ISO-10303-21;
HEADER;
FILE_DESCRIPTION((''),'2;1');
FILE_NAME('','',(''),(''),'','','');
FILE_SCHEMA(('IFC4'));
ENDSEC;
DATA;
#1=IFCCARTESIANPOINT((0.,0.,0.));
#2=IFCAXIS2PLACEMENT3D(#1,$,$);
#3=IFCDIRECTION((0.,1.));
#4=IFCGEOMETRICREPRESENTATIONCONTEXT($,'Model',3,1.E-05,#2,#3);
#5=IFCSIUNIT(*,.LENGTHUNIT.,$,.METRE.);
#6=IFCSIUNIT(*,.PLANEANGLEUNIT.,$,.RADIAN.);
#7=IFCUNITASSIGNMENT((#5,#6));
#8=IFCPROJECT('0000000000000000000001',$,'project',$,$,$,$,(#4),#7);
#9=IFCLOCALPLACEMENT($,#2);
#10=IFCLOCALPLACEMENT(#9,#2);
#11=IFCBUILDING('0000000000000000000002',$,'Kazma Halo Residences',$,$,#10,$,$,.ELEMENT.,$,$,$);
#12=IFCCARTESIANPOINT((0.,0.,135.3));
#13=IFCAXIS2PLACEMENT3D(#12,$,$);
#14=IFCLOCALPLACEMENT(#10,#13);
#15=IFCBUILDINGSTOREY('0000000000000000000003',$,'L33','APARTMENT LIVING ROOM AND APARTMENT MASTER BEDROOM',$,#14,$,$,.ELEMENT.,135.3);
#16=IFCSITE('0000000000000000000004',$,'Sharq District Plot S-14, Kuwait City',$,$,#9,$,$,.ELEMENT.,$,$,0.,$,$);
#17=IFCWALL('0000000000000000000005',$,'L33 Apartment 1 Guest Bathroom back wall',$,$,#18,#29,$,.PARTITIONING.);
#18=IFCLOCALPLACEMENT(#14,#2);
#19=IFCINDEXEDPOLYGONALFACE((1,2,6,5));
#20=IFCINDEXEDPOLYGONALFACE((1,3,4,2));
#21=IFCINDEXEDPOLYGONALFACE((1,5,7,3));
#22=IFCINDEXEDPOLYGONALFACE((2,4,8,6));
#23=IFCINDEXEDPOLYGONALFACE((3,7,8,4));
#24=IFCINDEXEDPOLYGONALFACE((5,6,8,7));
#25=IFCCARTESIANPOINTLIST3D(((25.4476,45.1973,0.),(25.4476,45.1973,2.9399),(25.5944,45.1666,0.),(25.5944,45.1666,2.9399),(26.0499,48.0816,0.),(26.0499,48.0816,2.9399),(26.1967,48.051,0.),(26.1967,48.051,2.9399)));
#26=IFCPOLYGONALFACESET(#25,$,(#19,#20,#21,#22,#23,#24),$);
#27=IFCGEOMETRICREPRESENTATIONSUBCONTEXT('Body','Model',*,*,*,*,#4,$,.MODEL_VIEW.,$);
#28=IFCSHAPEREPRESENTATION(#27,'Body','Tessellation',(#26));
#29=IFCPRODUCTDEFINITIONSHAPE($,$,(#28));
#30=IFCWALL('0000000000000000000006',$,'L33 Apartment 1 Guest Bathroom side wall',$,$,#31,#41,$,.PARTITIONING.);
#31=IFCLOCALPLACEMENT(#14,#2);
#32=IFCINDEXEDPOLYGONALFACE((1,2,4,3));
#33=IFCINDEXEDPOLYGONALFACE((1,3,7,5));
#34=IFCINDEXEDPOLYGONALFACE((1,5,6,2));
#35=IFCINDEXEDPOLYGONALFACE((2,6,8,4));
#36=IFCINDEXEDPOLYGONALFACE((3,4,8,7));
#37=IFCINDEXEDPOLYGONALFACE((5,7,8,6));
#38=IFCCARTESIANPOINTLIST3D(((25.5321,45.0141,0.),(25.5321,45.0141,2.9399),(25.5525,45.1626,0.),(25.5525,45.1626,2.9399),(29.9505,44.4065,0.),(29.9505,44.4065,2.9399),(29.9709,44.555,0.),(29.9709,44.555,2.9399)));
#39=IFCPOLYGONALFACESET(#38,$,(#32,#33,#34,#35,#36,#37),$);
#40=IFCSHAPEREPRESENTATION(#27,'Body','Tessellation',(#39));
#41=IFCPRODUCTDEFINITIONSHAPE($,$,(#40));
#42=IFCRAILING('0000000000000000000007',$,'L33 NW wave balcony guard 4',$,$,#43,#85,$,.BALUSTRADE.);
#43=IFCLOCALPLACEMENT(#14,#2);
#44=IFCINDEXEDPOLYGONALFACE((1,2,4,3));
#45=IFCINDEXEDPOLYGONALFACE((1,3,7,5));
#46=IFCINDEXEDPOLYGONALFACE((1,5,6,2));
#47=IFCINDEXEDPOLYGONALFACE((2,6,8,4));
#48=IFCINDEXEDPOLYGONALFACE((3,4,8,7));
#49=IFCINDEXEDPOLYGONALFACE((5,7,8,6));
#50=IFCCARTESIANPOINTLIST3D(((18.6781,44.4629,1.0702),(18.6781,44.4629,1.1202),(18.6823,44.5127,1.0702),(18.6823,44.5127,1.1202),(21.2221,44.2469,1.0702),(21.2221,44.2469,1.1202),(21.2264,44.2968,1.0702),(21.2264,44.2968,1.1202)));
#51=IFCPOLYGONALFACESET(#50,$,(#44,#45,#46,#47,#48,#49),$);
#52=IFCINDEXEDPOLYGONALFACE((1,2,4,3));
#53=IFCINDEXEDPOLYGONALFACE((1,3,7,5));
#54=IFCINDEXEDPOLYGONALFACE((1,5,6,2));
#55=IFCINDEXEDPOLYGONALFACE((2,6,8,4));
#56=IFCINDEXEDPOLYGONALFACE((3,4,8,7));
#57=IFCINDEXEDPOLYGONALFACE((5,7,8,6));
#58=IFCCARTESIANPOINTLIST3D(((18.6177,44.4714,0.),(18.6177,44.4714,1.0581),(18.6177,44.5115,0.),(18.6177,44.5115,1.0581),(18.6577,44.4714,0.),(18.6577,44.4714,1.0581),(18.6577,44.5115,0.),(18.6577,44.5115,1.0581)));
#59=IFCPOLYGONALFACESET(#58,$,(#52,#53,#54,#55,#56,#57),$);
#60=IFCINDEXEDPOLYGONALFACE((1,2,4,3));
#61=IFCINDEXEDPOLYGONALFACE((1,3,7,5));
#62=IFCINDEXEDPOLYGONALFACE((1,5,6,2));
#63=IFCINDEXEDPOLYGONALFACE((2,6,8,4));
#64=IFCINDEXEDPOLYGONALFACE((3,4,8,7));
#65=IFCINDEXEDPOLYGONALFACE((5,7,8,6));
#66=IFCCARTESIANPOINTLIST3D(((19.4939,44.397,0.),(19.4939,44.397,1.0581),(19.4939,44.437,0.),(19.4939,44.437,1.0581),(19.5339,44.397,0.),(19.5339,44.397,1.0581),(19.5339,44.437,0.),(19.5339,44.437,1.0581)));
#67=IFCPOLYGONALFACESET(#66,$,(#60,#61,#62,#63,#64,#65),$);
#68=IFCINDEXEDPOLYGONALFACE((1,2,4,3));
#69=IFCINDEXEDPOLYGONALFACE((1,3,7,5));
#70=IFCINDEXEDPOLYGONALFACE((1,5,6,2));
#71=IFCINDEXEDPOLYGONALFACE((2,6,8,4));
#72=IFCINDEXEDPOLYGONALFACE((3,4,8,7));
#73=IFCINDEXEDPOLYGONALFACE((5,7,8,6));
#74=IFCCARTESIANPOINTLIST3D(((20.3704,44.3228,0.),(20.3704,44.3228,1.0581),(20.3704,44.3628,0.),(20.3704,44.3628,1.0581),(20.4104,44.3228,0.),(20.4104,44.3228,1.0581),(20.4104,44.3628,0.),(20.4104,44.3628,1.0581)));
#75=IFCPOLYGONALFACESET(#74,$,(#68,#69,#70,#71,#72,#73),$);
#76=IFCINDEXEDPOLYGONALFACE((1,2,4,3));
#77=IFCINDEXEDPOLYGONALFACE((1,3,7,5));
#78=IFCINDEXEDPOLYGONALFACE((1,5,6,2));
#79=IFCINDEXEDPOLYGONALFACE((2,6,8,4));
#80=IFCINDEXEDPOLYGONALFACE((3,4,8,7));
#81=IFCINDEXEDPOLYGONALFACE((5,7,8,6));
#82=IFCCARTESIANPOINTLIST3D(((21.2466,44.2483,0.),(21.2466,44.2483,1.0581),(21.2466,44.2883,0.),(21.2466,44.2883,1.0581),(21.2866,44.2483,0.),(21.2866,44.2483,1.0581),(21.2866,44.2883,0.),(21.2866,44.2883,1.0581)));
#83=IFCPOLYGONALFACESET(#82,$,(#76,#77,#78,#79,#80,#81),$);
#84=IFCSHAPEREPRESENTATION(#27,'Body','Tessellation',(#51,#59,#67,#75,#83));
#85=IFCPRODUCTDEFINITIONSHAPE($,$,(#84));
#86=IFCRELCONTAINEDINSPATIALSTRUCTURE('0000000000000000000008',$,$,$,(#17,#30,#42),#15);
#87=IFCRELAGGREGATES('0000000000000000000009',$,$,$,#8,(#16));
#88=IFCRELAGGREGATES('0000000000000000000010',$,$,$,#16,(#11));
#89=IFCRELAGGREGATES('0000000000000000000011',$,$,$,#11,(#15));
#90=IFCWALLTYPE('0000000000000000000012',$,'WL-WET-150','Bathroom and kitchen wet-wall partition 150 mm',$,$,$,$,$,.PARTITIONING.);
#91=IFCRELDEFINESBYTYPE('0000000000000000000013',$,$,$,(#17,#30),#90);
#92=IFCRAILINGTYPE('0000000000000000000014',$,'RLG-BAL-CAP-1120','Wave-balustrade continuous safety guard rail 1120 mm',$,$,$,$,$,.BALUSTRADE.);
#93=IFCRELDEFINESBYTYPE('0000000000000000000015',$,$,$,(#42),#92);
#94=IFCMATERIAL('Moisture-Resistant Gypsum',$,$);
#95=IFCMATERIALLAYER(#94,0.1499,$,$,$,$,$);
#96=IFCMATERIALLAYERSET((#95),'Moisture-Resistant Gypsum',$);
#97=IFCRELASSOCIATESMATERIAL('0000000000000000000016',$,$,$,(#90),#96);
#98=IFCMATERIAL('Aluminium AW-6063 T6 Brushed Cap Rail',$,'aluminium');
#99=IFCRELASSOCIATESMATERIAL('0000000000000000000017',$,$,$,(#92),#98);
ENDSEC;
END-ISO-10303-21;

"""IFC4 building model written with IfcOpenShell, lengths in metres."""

from ifc_helpers import new_model, si_unit, direction, frame, frame_2d, origin, origin_2d, place, context, subcontext, project, spatial, rectangle, extrude, material, layer, layer_set, type_object, element, save


model = new_model("IFC4")

# Units and contexts
model_context = context("Model", 3, precision=1e-05, world=origin(), true_north=direction((0.0, 1.0)))
body_context = subcontext(model_context, "Body", "Model", "MODEL_VIEW")
ifc_project = project(units=[si_unit("LENGTHUNIT", "METRE"), si_unit("PLANEANGLEUNIT", "RADIAN")], contexts=[model_context])

# Site, building, storey
site_placement = place(None, origin())
site = spatial("IfcSite", under=ifc_project, at=site_placement, Name="Sharq District Plot S-14, Kuwait City", CompositionType="ELEMENT", RefElevation=0.0)
building_placement = place(site_placement, origin())
building = spatial("IfcBuilding", under=site, at=building_placement, Name="Kazma Halo Residences", CompositionType="ELEMENT")
storey_placement = place(building_placement, frame((0.0, 0.0, 135.3)))
storey = spatial("IfcBuildingStorey", under=building, at=storey_placement, Name="L33", Description="APARTMENT LIVING ROOM AND APARTMENT MASTER BEDROOM", CompositionType="ELEMENT", Elevation=135.3)

# Shared definitions
ifc_material_1 = material(Name="Moisture-Resistant Gypsum")
ifc_layer_1 = layer(ifc_material_1, 0.1499)
ifc_layer_set_1 = layer_set([ifc_layer_1], Name="Moisture-Resistant Gypsum")
wall_type_1 = type_object("IfcWallType", Name="WL-WET-150", Description="Bathroom and kitchen wet-wall partition 150 mm", PredefinedType="PARTITIONING", material=ifc_layer_set_1)

# Walls
wall_1_placement = place(storey_placement, frame((26.1233, 48.0662, 0.0), z_axis=(0.0, 0.0, 1.0), x_axis=(-0.204411, -0.978885, 0.0)))
element("IfcWall", 1, at=wall_1_placement, inside=storey, type_object=wall_type_1, Name="L33 Apartment 1 Guest Bathroom back wall", PredefinedType="PARTITIONING", context=body_context, shape_type="SweptSolid", body=[
    extrude(rectangle(XDim=2.9465, YDim=0.1499, at=frame_2d((1.4731, 0.0))), origin(), (0.0, 0.0, 1.0), 2.9399),
])
wall_2_placement = place(storey_placement, frame((29.9607, 44.4807, 0.0), z_axis=(0.0, 0.0, 1.0), x_axis=(-0.990675, 0.136247, 0.0)))
element("IfcWall", 2, at=wall_2_placement, inside=storey, type_object=wall_type_1, Name="L33 Apartment 1 Guest Bathroom side wall", PredefinedType="PARTITIONING", context=body_context, shape_type="SweptSolid", body=[
    extrude(rectangle(XDim=4.46, YDim=0.1499, at=frame_2d((2.23, 0.0))), origin(), (0.0, 0.0, 1.0), 2.9399),
])

# Railing
ifc_material_2 = material(Name="Aluminium AW-6063 T6 Brushed Cap Rail", Category="aluminium")
railing_type = type_object("IfcRailingType", Name="RLG-BAL-CAP-1120", Description="Wave-balustrade continuous safety guard rail 1120 mm", PredefinedType="BALUSTRADE", material=ifc_material_2)
railing_placement = place(storey_placement, frame((18.6377, 44.4915, 0.0)))
element("IfcRailing", 3, at=railing_placement, inside=storey, type_object=railing_type, Name="L33 NW wave balcony guard 4", PredefinedType="BALUSTRADE", context=body_context, shape_type="SweptSolid", body=[
    extrude(rectangle(XDim=0.05, YDim=0.05, at=origin_2d()), frame((0.0425, -0.0037, 1.0952), z_axis=(0.996417, -0.084577, 0.0), x_axis=(0.084577, 0.996417, 0.0)), (0.0, 0.0, 1.0), 2.5532),
    extrude(rectangle(XDim=0.04, YDim=0.04, at=origin_2d()), origin(), (0.0, 0.0, 1.0), 1.0581),
    extrude(rectangle(XDim=0.04, YDim=0.04, at=origin_2d()), frame((0.8762, -0.0745, 0.0)), (0.0, 0.0, 1.0), 1.0581),
    extrude(rectangle(XDim=0.04, YDim=0.04, at=origin_2d()), frame((1.7527, -0.1487, 0.0)), (0.0, 0.0, 1.0), 1.0581),
    extrude(rectangle(XDim=0.04, YDim=0.04, at=origin_2d()), frame((2.6289, -0.2231, 0.0)), (0.0, 0.0, 1.0), 1.0581),
])

save(model, "model.ifc")
